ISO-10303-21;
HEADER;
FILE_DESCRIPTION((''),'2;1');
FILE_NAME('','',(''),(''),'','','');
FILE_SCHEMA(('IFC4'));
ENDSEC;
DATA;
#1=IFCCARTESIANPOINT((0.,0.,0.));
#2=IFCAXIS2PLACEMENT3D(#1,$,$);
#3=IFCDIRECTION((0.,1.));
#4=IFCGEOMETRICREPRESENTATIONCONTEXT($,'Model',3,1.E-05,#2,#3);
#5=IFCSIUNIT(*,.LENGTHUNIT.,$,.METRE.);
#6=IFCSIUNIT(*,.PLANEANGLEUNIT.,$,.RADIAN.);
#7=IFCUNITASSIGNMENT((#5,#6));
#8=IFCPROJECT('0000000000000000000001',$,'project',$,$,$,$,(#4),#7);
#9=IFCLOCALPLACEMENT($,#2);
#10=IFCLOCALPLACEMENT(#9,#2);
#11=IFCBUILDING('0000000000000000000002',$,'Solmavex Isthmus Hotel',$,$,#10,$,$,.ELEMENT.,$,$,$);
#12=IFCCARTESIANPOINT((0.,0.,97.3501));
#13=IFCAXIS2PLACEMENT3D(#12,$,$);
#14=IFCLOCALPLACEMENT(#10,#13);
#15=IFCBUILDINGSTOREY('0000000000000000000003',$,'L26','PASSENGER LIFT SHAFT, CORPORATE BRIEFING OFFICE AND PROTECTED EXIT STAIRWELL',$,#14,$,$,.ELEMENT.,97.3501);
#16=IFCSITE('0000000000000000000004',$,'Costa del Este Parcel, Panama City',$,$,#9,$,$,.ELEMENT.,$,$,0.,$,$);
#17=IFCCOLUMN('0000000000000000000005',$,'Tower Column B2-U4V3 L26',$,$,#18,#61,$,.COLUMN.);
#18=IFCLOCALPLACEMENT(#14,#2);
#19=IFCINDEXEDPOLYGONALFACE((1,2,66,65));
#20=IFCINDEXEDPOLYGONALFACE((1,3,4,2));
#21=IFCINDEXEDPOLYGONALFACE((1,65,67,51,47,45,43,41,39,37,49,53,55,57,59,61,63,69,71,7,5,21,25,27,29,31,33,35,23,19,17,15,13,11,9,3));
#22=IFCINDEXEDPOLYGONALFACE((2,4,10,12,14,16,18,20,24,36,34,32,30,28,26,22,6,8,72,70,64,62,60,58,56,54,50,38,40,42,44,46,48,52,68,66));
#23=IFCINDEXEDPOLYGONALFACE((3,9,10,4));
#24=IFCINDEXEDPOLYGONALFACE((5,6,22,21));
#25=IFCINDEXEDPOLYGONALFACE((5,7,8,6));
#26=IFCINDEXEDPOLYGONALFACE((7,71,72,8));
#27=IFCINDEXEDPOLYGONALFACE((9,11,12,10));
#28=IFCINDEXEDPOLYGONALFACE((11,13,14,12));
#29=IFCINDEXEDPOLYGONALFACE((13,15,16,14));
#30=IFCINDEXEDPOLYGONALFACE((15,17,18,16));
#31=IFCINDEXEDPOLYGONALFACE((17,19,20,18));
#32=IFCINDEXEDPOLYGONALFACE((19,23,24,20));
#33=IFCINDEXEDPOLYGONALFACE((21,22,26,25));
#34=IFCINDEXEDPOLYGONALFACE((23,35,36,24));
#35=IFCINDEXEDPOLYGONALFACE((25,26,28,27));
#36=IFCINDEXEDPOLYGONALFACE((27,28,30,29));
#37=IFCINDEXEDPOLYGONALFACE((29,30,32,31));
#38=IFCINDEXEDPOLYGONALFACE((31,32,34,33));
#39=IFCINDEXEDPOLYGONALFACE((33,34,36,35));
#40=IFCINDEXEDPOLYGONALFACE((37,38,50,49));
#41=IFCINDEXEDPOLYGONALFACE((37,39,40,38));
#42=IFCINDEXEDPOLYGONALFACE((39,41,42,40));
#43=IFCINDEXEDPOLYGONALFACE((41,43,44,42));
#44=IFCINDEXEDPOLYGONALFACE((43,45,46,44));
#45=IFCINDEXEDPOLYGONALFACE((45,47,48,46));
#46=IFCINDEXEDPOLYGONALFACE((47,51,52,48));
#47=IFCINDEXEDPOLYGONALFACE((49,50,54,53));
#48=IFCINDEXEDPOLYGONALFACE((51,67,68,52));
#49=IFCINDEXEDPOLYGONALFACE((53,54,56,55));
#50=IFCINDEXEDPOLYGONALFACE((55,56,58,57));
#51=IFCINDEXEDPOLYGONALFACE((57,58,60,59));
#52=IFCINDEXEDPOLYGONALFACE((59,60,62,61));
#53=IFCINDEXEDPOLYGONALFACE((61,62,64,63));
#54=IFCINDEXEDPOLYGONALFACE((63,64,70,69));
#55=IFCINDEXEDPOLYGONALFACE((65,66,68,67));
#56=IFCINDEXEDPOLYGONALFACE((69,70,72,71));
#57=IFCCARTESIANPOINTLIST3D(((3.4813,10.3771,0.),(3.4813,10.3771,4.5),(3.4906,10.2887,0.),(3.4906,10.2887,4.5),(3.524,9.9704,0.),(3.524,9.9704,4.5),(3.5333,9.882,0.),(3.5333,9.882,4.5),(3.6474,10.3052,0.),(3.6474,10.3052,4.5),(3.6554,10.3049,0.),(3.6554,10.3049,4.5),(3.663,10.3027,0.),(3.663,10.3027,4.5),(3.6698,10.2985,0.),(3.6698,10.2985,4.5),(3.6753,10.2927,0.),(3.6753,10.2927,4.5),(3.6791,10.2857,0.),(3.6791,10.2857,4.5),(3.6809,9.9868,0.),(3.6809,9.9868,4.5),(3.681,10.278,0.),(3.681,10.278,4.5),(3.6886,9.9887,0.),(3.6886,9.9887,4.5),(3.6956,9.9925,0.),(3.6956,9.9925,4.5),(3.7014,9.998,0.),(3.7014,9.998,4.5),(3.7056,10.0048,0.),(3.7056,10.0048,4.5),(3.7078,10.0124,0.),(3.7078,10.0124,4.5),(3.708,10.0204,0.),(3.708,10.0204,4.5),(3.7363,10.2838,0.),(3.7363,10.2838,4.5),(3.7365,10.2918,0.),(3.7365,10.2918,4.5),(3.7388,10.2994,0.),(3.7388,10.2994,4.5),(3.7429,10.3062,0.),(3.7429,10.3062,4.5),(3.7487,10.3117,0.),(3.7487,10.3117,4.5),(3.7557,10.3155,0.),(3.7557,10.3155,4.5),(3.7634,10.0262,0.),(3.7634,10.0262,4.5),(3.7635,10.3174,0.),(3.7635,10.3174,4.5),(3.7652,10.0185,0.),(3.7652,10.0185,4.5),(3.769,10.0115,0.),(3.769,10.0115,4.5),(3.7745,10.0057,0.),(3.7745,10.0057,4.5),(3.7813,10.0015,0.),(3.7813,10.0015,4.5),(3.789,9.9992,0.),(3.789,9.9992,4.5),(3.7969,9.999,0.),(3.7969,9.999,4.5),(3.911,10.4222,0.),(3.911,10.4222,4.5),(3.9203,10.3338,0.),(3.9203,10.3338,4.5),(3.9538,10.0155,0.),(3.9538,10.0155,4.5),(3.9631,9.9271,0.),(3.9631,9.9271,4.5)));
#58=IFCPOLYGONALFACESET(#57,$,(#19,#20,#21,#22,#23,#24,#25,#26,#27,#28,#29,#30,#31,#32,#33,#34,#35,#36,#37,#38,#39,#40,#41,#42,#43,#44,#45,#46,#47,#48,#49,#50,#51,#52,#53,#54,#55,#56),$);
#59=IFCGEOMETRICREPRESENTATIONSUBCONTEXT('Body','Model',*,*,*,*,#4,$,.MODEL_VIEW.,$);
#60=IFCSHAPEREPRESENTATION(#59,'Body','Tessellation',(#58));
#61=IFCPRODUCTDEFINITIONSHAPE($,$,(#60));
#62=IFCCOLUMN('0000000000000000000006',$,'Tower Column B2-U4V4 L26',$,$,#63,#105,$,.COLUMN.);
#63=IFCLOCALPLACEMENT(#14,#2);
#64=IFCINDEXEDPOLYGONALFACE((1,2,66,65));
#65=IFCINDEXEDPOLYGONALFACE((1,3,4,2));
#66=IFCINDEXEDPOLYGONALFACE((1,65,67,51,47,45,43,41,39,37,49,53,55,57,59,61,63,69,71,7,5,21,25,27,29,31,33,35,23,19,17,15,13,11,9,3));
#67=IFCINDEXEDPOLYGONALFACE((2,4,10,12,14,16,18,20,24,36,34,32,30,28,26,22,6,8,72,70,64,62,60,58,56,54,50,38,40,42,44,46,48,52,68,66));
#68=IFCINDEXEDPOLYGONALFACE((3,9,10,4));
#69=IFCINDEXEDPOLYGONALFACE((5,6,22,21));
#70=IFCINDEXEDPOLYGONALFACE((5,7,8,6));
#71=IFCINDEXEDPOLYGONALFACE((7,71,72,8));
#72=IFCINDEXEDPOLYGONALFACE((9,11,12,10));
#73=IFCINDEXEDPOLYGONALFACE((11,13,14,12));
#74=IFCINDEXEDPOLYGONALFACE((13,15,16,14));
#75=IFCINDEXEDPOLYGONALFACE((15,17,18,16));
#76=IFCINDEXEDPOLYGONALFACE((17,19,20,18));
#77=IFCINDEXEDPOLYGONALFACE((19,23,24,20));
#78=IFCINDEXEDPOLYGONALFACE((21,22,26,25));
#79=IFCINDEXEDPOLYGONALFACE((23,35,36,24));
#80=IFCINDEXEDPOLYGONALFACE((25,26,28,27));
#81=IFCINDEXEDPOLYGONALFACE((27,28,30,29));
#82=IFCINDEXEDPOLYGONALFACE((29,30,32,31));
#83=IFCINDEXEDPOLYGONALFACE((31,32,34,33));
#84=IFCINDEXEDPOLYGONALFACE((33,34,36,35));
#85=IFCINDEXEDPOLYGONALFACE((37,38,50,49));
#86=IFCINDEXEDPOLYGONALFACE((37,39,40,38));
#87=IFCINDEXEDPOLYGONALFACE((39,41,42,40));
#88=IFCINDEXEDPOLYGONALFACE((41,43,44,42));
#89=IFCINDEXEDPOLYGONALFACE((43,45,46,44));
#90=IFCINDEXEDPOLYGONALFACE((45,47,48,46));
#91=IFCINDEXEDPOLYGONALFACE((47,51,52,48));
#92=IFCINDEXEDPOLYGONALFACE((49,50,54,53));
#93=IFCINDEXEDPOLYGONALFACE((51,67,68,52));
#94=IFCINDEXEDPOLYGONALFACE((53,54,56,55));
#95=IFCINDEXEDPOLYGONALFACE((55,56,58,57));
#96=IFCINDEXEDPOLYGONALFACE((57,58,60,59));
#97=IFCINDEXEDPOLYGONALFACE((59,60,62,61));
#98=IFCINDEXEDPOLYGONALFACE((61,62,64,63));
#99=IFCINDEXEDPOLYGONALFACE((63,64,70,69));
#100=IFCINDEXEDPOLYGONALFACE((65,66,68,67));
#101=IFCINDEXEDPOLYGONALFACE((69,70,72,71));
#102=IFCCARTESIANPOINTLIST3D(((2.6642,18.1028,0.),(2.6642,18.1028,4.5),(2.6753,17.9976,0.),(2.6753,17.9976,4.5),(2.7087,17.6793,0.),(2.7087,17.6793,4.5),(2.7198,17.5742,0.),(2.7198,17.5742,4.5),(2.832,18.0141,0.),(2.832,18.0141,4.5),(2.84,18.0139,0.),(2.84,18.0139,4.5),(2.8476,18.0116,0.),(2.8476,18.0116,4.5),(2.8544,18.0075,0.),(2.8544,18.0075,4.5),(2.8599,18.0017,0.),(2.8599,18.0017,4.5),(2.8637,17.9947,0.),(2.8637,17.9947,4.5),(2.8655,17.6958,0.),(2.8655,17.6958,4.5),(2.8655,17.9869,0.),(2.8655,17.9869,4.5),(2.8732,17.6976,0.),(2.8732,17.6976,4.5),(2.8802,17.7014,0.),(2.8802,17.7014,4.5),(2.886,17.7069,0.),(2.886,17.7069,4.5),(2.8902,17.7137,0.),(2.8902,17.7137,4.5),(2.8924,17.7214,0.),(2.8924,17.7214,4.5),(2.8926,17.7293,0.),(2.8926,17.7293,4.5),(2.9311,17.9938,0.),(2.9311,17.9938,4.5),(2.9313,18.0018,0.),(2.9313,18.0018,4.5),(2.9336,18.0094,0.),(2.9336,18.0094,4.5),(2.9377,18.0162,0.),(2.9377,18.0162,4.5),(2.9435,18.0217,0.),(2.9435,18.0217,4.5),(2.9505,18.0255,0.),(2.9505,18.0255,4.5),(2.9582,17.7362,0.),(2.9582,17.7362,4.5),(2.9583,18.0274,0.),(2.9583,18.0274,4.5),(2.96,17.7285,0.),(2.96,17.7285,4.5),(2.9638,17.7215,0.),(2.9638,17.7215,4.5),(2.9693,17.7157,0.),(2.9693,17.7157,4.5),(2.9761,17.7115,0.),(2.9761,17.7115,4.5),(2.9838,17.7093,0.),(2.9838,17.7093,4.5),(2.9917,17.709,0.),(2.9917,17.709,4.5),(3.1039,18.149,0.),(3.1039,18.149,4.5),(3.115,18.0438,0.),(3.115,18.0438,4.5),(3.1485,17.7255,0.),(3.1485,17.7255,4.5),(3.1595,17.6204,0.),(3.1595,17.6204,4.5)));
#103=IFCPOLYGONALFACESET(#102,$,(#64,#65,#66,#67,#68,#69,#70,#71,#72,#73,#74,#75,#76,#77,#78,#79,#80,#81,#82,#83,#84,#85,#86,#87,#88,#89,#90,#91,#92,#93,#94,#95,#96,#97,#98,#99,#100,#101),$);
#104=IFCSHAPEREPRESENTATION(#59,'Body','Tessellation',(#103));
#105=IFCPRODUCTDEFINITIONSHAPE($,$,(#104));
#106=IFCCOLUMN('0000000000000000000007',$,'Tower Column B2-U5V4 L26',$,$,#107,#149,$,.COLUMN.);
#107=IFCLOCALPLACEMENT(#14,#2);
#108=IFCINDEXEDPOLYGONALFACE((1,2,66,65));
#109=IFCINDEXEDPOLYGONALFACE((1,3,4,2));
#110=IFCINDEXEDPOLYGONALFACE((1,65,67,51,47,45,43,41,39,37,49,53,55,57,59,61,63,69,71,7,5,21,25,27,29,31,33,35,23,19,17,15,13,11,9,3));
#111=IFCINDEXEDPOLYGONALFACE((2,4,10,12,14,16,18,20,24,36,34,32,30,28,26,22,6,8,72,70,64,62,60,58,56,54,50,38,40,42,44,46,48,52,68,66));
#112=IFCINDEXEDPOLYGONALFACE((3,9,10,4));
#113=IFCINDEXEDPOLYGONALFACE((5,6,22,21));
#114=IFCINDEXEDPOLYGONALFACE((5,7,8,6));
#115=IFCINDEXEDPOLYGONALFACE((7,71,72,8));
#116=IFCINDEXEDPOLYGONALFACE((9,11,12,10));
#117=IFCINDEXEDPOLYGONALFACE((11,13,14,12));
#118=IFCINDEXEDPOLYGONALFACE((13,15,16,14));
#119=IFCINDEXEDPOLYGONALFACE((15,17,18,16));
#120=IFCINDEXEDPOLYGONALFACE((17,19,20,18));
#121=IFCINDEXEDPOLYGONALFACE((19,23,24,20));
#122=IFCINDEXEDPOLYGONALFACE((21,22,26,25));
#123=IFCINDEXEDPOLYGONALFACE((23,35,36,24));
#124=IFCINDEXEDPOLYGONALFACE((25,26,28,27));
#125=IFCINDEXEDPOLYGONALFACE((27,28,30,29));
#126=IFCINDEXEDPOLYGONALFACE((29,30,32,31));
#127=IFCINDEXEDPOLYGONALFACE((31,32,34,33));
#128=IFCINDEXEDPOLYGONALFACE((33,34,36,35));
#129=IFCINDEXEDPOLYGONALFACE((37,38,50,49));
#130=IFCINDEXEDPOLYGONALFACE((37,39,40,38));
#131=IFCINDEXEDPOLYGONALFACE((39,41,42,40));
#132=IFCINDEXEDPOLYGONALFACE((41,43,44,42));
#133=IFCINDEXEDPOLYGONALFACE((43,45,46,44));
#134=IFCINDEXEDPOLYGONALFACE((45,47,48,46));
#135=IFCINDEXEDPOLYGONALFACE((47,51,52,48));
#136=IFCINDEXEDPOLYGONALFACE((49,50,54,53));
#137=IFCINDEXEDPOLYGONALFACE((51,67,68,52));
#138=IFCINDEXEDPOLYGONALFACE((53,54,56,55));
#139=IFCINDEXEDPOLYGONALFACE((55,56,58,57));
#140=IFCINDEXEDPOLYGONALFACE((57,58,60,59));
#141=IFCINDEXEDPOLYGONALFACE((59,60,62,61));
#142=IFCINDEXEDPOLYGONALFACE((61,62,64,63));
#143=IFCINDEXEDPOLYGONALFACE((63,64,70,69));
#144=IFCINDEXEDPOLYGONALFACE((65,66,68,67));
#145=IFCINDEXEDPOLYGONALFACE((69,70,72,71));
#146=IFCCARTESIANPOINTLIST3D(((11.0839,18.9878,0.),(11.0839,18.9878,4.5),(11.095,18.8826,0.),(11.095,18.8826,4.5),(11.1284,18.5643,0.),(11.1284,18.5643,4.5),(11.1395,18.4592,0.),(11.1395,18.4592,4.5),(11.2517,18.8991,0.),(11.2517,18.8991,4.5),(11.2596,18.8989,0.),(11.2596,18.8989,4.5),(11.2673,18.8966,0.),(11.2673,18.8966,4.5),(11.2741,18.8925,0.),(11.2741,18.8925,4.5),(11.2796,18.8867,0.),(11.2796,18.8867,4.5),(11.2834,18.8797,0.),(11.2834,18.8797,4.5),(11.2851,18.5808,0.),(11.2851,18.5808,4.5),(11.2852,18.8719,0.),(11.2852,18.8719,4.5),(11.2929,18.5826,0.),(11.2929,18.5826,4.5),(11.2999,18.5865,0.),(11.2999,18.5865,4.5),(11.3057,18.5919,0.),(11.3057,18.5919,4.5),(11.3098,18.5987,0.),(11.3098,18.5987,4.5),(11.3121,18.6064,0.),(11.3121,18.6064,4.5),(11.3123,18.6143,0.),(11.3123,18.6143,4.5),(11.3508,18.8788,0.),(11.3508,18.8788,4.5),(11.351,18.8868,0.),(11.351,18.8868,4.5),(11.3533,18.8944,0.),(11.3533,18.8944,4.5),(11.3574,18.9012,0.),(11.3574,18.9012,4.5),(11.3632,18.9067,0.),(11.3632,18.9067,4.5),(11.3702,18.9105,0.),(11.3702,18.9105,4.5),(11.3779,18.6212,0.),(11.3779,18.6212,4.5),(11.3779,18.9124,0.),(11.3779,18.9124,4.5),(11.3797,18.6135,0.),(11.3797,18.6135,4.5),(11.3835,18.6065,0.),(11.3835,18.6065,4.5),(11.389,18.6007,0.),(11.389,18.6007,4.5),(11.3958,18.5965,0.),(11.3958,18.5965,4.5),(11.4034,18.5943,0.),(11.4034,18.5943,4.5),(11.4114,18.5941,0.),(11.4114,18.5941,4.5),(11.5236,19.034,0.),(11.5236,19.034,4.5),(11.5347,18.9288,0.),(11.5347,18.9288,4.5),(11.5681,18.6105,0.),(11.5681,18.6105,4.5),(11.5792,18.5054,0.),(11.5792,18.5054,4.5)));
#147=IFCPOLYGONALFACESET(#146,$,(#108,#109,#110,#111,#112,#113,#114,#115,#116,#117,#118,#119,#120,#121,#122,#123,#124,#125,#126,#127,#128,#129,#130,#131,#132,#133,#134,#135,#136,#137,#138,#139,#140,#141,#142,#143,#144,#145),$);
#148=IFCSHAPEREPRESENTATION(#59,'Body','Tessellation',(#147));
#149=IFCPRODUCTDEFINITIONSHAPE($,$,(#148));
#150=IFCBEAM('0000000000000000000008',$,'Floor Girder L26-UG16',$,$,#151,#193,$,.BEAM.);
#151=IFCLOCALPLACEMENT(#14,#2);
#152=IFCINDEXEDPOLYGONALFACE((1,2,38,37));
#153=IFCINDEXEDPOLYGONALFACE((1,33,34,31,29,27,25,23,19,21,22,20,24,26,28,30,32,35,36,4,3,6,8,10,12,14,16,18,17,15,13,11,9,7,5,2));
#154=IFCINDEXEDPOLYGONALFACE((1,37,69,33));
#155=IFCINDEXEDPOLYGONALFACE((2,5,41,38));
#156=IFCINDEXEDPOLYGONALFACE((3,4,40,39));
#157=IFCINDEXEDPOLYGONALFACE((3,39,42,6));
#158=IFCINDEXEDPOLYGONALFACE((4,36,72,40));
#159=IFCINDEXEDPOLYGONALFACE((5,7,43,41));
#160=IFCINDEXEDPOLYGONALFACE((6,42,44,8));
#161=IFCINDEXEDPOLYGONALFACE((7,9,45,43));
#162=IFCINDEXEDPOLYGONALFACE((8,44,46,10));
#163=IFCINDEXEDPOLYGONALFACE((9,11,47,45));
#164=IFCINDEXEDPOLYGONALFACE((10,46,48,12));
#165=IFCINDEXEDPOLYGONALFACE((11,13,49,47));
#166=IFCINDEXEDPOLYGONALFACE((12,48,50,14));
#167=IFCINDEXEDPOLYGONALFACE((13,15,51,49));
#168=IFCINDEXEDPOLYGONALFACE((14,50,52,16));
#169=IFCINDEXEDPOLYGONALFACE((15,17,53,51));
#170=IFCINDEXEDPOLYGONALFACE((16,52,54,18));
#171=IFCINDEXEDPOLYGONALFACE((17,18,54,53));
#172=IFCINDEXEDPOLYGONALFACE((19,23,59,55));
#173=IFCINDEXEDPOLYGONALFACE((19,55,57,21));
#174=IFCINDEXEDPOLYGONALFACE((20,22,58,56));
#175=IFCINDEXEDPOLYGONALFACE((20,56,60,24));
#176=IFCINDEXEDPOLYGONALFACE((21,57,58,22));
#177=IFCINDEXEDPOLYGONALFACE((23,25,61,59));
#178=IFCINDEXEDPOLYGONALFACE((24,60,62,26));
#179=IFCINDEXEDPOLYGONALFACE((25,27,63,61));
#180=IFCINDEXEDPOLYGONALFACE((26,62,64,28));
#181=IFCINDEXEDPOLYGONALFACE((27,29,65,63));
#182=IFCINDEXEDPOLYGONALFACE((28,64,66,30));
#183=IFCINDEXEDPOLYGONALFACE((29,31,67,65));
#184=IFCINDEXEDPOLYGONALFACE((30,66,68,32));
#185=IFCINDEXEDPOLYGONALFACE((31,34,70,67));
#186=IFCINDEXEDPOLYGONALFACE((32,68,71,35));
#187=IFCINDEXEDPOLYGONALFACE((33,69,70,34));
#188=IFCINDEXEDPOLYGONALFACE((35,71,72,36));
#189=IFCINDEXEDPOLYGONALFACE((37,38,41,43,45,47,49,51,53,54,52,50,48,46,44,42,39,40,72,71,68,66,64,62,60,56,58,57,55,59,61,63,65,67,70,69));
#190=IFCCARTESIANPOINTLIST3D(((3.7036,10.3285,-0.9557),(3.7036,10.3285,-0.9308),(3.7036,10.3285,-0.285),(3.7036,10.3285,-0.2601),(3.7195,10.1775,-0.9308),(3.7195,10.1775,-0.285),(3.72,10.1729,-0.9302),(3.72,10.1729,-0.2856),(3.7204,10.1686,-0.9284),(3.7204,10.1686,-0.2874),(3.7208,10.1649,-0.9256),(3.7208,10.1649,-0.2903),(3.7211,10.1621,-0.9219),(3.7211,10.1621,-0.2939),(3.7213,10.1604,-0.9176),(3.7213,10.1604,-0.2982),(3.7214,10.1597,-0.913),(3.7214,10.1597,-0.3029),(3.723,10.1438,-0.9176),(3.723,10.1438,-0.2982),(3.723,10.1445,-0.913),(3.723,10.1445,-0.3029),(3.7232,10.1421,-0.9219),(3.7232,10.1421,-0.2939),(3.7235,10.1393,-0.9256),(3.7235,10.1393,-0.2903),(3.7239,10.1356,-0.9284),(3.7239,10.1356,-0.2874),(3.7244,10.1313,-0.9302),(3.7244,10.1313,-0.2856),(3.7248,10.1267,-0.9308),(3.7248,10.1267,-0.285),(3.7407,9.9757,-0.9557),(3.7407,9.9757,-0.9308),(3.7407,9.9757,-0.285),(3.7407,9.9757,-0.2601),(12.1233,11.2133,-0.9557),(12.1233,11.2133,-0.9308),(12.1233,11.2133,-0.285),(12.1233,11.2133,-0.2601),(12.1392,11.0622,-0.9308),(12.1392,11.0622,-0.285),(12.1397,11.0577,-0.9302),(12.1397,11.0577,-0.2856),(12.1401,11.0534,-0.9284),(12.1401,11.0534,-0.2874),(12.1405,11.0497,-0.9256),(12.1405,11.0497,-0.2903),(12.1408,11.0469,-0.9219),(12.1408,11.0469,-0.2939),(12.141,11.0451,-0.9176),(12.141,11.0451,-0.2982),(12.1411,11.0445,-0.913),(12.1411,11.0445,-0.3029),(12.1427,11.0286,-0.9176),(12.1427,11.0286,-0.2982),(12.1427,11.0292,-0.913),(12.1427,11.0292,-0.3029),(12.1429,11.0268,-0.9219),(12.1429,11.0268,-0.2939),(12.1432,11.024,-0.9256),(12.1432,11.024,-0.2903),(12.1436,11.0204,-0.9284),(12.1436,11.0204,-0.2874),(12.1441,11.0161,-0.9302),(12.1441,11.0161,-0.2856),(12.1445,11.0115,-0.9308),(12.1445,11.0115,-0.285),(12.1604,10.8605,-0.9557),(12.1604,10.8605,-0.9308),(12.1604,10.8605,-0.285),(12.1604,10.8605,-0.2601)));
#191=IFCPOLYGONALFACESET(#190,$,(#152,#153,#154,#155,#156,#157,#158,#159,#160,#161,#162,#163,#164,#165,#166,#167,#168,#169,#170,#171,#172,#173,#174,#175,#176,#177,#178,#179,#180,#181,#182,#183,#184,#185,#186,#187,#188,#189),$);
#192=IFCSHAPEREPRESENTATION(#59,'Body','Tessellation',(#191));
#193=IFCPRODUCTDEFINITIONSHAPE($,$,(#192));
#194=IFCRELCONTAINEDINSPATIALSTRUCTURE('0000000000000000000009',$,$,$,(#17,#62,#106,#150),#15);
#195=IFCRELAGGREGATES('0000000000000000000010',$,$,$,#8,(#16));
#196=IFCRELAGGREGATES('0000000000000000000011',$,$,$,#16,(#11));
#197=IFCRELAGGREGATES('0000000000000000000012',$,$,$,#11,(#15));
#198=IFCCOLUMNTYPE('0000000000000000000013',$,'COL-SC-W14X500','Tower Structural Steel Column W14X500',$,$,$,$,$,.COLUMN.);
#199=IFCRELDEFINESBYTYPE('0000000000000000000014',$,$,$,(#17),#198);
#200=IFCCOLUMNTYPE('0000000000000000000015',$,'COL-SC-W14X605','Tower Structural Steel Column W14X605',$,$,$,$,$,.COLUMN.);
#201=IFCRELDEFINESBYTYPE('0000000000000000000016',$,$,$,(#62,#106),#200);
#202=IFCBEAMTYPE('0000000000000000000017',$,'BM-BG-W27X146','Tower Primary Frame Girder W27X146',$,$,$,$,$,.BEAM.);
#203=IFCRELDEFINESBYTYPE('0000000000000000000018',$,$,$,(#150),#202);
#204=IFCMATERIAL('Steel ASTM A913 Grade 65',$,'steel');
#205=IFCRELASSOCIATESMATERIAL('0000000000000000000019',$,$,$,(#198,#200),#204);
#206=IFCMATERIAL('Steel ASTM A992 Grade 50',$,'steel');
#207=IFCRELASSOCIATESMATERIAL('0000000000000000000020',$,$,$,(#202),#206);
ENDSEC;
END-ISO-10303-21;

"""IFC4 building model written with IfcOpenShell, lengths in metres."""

from ifc_helpers import new_model, si_unit, direction, frame, origin, origin_2d, place, context, subcontext, project, spatial, i_section, extrude, material, material_profile, profile_set, type_object, element, save


model = new_model("IFC4")

# Units and contexts
model_context = context("Model", 3, precision=1e-05, world=origin(), true_north=direction((0.0, 1.0)))
body_context = subcontext(model_context, "Body", "Model", "MODEL_VIEW")
ifc_project = project(units=[si_unit("LENGTHUNIT", "METRE"), si_unit("PLANEANGLEUNIT", "RADIAN")], contexts=[model_context])

# Site, building, storey
site_placement = place(None, origin())
site = spatial("IfcSite", under=ifc_project, at=site_placement, Name="Costa del Este Parcel, Panama City", CompositionType="ELEMENT", RefElevation=0.0)
building_placement = place(site_placement, origin())
building = spatial("IfcBuilding", under=site, at=building_placement, Name="Solmavex Isthmus Hotel", CompositionType="ELEMENT")
storey_placement = place(building_placement, frame((0.0, 0.0, 97.3501)))
storey = spatial("IfcBuildingStorey", under=building, at=storey_placement, Name="L26", Description="PASSENGER LIFT SHAFT, CORPORATE BRIEFING OFFICE AND PROTECTED EXIT STAIRWELL", CompositionType="ELEMENT", Elevation=97.3501)

# Columns
ifc_material_1 = material(Name="Steel ASTM A913 Grade 65", Category="steel")
ifc_material_profile_1 = material_profile(ifc_material_1, i_section(OverallWidth=0.4321, OverallDepth=0.4978, WebThickness=0.0557, FlangeThickness=0.0889, FilletRadius=0.0305, at=origin_2d()), Name="W14X500")
ifc_profile_set_1 = profile_set([ifc_material_profile_1], Name="Steel ASTM A913 Grade 65")
column_type_1 = type_object("IfcColumnType", Name="COL-SC-W14X500", Description="Tower Structural Steel Column W14X500", PredefinedType="COLUMN", material=ifc_profile_set_1)
column_placement = place(storey_placement, frame((3.7222, 10.1521, 0.0), z_axis=(0.0, 0.0, 1.0), x_axis=(0.994522, 0.104528, 0.0)))
element("IfcColumn", 1, at=column_placement, inside=storey, type_object=column_type_1, Name="Tower Column B2-U4V3 L26", PredefinedType="COLUMN", context=body_context, shape_type="SweptSolid", body=[
    extrude(i_section(OverallWidth=0.4321, OverallDepth=0.4978, WebThickness=0.0557, FlangeThickness=0.0889, FilletRadius=0.0305, at=origin_2d()), origin(), (0.0, 0.0, 1.0), 4.5),
])
ifc_material_profile_2 = material_profile(ifc_material_1, i_section(OverallWidth=0.4421, OverallDepth=0.5315, WebThickness=0.0659, FlangeThickness=0.1057, FilletRadius=0.0305, at=origin_2d()), Name="W14X605")
ifc_profile_set_2 = profile_set([ifc_material_profile_2], Name="Steel ASTM A913 Grade 65")
column_type_2 = type_object("IfcColumnType", Name="COL-SC-W14X605", Description="Tower Structural Steel Column W14X605", PredefinedType="COLUMN", material=ifc_profile_set_2)
for number, where, z_axis, x_axis, name in (
    (2, (2.9119, 17.8616, 0.0), (0.0, 0.0, 1.0), (0.994522, 0.104528, 0.0), "Tower Column B2-U4V4 L26"),
    (3, (11.3315, 18.7466, 0.0), (0.0, 0.0, 1.0), (0.994522, 0.104528, 0.0), "Tower Column B2-U5V4 L26"),
):
    element("IfcColumn", number, at=place(storey_placement, frame(where, z_axis=z_axis, x_axis=x_axis)), inside=storey, type_object=column_type_2, Name=name, PredefinedType="COLUMN", context=body_context, shape_type="SweptSolid", body=[
        extrude(i_section(OverallWidth=0.4421, OverallDepth=0.5315, WebThickness=0.0659, FlangeThickness=0.1057, FilletRadius=0.0305, at=origin_2d()), origin(), (0.0, 0.0, 1.0), 4.5),
    ])

# Beam
ifc_material_2 = material(Name="Steel ASTM A992 Grade 50", Category="steel")
ifc_material_profile_3 = material_profile(ifc_material_2, i_section(OverallWidth=0.3547, OverallDepth=0.6956, WebThickness=0.0154, FlangeThickness=0.0249, FilletRadius=0.0178, at=origin_2d()), Name="W27X146")
ifc_profile_set_3 = profile_set([ifc_material_profile_3], Name="Steel ASTM A992 Grade 50")
beam_type_1 = type_object("IfcBeamType", Name="BM-BG-W27X146", Description="Tower Primary Frame Girder W27X146", PredefinedType="BEAM", material=ifc_profile_set_3)
beam_1_placement = place(storey_placement, frame((3.7222, 10.1521, -0.6079), z_axis=(0.994524, 0.104508, 0.0), x_axis=(-0.104508, 0.994524, 0.0)))
element("IfcBeam", 4, at=beam_1_placement, inside=storey, type_object=beam_type_1, Name="Floor Girder L26-UG16", PredefinedType="BEAM", context=body_context, shape_type="SweptSolid", body=[
    extrude(i_section(OverallWidth=0.3547, OverallDepth=0.6956, WebThickness=0.0154, FlangeThickness=0.0249, FilletRadius=0.0178, at=origin_2d()), origin(), (0.0, 0.0, 1.0), 8.4661),
])

save(model, "model.ifc")
